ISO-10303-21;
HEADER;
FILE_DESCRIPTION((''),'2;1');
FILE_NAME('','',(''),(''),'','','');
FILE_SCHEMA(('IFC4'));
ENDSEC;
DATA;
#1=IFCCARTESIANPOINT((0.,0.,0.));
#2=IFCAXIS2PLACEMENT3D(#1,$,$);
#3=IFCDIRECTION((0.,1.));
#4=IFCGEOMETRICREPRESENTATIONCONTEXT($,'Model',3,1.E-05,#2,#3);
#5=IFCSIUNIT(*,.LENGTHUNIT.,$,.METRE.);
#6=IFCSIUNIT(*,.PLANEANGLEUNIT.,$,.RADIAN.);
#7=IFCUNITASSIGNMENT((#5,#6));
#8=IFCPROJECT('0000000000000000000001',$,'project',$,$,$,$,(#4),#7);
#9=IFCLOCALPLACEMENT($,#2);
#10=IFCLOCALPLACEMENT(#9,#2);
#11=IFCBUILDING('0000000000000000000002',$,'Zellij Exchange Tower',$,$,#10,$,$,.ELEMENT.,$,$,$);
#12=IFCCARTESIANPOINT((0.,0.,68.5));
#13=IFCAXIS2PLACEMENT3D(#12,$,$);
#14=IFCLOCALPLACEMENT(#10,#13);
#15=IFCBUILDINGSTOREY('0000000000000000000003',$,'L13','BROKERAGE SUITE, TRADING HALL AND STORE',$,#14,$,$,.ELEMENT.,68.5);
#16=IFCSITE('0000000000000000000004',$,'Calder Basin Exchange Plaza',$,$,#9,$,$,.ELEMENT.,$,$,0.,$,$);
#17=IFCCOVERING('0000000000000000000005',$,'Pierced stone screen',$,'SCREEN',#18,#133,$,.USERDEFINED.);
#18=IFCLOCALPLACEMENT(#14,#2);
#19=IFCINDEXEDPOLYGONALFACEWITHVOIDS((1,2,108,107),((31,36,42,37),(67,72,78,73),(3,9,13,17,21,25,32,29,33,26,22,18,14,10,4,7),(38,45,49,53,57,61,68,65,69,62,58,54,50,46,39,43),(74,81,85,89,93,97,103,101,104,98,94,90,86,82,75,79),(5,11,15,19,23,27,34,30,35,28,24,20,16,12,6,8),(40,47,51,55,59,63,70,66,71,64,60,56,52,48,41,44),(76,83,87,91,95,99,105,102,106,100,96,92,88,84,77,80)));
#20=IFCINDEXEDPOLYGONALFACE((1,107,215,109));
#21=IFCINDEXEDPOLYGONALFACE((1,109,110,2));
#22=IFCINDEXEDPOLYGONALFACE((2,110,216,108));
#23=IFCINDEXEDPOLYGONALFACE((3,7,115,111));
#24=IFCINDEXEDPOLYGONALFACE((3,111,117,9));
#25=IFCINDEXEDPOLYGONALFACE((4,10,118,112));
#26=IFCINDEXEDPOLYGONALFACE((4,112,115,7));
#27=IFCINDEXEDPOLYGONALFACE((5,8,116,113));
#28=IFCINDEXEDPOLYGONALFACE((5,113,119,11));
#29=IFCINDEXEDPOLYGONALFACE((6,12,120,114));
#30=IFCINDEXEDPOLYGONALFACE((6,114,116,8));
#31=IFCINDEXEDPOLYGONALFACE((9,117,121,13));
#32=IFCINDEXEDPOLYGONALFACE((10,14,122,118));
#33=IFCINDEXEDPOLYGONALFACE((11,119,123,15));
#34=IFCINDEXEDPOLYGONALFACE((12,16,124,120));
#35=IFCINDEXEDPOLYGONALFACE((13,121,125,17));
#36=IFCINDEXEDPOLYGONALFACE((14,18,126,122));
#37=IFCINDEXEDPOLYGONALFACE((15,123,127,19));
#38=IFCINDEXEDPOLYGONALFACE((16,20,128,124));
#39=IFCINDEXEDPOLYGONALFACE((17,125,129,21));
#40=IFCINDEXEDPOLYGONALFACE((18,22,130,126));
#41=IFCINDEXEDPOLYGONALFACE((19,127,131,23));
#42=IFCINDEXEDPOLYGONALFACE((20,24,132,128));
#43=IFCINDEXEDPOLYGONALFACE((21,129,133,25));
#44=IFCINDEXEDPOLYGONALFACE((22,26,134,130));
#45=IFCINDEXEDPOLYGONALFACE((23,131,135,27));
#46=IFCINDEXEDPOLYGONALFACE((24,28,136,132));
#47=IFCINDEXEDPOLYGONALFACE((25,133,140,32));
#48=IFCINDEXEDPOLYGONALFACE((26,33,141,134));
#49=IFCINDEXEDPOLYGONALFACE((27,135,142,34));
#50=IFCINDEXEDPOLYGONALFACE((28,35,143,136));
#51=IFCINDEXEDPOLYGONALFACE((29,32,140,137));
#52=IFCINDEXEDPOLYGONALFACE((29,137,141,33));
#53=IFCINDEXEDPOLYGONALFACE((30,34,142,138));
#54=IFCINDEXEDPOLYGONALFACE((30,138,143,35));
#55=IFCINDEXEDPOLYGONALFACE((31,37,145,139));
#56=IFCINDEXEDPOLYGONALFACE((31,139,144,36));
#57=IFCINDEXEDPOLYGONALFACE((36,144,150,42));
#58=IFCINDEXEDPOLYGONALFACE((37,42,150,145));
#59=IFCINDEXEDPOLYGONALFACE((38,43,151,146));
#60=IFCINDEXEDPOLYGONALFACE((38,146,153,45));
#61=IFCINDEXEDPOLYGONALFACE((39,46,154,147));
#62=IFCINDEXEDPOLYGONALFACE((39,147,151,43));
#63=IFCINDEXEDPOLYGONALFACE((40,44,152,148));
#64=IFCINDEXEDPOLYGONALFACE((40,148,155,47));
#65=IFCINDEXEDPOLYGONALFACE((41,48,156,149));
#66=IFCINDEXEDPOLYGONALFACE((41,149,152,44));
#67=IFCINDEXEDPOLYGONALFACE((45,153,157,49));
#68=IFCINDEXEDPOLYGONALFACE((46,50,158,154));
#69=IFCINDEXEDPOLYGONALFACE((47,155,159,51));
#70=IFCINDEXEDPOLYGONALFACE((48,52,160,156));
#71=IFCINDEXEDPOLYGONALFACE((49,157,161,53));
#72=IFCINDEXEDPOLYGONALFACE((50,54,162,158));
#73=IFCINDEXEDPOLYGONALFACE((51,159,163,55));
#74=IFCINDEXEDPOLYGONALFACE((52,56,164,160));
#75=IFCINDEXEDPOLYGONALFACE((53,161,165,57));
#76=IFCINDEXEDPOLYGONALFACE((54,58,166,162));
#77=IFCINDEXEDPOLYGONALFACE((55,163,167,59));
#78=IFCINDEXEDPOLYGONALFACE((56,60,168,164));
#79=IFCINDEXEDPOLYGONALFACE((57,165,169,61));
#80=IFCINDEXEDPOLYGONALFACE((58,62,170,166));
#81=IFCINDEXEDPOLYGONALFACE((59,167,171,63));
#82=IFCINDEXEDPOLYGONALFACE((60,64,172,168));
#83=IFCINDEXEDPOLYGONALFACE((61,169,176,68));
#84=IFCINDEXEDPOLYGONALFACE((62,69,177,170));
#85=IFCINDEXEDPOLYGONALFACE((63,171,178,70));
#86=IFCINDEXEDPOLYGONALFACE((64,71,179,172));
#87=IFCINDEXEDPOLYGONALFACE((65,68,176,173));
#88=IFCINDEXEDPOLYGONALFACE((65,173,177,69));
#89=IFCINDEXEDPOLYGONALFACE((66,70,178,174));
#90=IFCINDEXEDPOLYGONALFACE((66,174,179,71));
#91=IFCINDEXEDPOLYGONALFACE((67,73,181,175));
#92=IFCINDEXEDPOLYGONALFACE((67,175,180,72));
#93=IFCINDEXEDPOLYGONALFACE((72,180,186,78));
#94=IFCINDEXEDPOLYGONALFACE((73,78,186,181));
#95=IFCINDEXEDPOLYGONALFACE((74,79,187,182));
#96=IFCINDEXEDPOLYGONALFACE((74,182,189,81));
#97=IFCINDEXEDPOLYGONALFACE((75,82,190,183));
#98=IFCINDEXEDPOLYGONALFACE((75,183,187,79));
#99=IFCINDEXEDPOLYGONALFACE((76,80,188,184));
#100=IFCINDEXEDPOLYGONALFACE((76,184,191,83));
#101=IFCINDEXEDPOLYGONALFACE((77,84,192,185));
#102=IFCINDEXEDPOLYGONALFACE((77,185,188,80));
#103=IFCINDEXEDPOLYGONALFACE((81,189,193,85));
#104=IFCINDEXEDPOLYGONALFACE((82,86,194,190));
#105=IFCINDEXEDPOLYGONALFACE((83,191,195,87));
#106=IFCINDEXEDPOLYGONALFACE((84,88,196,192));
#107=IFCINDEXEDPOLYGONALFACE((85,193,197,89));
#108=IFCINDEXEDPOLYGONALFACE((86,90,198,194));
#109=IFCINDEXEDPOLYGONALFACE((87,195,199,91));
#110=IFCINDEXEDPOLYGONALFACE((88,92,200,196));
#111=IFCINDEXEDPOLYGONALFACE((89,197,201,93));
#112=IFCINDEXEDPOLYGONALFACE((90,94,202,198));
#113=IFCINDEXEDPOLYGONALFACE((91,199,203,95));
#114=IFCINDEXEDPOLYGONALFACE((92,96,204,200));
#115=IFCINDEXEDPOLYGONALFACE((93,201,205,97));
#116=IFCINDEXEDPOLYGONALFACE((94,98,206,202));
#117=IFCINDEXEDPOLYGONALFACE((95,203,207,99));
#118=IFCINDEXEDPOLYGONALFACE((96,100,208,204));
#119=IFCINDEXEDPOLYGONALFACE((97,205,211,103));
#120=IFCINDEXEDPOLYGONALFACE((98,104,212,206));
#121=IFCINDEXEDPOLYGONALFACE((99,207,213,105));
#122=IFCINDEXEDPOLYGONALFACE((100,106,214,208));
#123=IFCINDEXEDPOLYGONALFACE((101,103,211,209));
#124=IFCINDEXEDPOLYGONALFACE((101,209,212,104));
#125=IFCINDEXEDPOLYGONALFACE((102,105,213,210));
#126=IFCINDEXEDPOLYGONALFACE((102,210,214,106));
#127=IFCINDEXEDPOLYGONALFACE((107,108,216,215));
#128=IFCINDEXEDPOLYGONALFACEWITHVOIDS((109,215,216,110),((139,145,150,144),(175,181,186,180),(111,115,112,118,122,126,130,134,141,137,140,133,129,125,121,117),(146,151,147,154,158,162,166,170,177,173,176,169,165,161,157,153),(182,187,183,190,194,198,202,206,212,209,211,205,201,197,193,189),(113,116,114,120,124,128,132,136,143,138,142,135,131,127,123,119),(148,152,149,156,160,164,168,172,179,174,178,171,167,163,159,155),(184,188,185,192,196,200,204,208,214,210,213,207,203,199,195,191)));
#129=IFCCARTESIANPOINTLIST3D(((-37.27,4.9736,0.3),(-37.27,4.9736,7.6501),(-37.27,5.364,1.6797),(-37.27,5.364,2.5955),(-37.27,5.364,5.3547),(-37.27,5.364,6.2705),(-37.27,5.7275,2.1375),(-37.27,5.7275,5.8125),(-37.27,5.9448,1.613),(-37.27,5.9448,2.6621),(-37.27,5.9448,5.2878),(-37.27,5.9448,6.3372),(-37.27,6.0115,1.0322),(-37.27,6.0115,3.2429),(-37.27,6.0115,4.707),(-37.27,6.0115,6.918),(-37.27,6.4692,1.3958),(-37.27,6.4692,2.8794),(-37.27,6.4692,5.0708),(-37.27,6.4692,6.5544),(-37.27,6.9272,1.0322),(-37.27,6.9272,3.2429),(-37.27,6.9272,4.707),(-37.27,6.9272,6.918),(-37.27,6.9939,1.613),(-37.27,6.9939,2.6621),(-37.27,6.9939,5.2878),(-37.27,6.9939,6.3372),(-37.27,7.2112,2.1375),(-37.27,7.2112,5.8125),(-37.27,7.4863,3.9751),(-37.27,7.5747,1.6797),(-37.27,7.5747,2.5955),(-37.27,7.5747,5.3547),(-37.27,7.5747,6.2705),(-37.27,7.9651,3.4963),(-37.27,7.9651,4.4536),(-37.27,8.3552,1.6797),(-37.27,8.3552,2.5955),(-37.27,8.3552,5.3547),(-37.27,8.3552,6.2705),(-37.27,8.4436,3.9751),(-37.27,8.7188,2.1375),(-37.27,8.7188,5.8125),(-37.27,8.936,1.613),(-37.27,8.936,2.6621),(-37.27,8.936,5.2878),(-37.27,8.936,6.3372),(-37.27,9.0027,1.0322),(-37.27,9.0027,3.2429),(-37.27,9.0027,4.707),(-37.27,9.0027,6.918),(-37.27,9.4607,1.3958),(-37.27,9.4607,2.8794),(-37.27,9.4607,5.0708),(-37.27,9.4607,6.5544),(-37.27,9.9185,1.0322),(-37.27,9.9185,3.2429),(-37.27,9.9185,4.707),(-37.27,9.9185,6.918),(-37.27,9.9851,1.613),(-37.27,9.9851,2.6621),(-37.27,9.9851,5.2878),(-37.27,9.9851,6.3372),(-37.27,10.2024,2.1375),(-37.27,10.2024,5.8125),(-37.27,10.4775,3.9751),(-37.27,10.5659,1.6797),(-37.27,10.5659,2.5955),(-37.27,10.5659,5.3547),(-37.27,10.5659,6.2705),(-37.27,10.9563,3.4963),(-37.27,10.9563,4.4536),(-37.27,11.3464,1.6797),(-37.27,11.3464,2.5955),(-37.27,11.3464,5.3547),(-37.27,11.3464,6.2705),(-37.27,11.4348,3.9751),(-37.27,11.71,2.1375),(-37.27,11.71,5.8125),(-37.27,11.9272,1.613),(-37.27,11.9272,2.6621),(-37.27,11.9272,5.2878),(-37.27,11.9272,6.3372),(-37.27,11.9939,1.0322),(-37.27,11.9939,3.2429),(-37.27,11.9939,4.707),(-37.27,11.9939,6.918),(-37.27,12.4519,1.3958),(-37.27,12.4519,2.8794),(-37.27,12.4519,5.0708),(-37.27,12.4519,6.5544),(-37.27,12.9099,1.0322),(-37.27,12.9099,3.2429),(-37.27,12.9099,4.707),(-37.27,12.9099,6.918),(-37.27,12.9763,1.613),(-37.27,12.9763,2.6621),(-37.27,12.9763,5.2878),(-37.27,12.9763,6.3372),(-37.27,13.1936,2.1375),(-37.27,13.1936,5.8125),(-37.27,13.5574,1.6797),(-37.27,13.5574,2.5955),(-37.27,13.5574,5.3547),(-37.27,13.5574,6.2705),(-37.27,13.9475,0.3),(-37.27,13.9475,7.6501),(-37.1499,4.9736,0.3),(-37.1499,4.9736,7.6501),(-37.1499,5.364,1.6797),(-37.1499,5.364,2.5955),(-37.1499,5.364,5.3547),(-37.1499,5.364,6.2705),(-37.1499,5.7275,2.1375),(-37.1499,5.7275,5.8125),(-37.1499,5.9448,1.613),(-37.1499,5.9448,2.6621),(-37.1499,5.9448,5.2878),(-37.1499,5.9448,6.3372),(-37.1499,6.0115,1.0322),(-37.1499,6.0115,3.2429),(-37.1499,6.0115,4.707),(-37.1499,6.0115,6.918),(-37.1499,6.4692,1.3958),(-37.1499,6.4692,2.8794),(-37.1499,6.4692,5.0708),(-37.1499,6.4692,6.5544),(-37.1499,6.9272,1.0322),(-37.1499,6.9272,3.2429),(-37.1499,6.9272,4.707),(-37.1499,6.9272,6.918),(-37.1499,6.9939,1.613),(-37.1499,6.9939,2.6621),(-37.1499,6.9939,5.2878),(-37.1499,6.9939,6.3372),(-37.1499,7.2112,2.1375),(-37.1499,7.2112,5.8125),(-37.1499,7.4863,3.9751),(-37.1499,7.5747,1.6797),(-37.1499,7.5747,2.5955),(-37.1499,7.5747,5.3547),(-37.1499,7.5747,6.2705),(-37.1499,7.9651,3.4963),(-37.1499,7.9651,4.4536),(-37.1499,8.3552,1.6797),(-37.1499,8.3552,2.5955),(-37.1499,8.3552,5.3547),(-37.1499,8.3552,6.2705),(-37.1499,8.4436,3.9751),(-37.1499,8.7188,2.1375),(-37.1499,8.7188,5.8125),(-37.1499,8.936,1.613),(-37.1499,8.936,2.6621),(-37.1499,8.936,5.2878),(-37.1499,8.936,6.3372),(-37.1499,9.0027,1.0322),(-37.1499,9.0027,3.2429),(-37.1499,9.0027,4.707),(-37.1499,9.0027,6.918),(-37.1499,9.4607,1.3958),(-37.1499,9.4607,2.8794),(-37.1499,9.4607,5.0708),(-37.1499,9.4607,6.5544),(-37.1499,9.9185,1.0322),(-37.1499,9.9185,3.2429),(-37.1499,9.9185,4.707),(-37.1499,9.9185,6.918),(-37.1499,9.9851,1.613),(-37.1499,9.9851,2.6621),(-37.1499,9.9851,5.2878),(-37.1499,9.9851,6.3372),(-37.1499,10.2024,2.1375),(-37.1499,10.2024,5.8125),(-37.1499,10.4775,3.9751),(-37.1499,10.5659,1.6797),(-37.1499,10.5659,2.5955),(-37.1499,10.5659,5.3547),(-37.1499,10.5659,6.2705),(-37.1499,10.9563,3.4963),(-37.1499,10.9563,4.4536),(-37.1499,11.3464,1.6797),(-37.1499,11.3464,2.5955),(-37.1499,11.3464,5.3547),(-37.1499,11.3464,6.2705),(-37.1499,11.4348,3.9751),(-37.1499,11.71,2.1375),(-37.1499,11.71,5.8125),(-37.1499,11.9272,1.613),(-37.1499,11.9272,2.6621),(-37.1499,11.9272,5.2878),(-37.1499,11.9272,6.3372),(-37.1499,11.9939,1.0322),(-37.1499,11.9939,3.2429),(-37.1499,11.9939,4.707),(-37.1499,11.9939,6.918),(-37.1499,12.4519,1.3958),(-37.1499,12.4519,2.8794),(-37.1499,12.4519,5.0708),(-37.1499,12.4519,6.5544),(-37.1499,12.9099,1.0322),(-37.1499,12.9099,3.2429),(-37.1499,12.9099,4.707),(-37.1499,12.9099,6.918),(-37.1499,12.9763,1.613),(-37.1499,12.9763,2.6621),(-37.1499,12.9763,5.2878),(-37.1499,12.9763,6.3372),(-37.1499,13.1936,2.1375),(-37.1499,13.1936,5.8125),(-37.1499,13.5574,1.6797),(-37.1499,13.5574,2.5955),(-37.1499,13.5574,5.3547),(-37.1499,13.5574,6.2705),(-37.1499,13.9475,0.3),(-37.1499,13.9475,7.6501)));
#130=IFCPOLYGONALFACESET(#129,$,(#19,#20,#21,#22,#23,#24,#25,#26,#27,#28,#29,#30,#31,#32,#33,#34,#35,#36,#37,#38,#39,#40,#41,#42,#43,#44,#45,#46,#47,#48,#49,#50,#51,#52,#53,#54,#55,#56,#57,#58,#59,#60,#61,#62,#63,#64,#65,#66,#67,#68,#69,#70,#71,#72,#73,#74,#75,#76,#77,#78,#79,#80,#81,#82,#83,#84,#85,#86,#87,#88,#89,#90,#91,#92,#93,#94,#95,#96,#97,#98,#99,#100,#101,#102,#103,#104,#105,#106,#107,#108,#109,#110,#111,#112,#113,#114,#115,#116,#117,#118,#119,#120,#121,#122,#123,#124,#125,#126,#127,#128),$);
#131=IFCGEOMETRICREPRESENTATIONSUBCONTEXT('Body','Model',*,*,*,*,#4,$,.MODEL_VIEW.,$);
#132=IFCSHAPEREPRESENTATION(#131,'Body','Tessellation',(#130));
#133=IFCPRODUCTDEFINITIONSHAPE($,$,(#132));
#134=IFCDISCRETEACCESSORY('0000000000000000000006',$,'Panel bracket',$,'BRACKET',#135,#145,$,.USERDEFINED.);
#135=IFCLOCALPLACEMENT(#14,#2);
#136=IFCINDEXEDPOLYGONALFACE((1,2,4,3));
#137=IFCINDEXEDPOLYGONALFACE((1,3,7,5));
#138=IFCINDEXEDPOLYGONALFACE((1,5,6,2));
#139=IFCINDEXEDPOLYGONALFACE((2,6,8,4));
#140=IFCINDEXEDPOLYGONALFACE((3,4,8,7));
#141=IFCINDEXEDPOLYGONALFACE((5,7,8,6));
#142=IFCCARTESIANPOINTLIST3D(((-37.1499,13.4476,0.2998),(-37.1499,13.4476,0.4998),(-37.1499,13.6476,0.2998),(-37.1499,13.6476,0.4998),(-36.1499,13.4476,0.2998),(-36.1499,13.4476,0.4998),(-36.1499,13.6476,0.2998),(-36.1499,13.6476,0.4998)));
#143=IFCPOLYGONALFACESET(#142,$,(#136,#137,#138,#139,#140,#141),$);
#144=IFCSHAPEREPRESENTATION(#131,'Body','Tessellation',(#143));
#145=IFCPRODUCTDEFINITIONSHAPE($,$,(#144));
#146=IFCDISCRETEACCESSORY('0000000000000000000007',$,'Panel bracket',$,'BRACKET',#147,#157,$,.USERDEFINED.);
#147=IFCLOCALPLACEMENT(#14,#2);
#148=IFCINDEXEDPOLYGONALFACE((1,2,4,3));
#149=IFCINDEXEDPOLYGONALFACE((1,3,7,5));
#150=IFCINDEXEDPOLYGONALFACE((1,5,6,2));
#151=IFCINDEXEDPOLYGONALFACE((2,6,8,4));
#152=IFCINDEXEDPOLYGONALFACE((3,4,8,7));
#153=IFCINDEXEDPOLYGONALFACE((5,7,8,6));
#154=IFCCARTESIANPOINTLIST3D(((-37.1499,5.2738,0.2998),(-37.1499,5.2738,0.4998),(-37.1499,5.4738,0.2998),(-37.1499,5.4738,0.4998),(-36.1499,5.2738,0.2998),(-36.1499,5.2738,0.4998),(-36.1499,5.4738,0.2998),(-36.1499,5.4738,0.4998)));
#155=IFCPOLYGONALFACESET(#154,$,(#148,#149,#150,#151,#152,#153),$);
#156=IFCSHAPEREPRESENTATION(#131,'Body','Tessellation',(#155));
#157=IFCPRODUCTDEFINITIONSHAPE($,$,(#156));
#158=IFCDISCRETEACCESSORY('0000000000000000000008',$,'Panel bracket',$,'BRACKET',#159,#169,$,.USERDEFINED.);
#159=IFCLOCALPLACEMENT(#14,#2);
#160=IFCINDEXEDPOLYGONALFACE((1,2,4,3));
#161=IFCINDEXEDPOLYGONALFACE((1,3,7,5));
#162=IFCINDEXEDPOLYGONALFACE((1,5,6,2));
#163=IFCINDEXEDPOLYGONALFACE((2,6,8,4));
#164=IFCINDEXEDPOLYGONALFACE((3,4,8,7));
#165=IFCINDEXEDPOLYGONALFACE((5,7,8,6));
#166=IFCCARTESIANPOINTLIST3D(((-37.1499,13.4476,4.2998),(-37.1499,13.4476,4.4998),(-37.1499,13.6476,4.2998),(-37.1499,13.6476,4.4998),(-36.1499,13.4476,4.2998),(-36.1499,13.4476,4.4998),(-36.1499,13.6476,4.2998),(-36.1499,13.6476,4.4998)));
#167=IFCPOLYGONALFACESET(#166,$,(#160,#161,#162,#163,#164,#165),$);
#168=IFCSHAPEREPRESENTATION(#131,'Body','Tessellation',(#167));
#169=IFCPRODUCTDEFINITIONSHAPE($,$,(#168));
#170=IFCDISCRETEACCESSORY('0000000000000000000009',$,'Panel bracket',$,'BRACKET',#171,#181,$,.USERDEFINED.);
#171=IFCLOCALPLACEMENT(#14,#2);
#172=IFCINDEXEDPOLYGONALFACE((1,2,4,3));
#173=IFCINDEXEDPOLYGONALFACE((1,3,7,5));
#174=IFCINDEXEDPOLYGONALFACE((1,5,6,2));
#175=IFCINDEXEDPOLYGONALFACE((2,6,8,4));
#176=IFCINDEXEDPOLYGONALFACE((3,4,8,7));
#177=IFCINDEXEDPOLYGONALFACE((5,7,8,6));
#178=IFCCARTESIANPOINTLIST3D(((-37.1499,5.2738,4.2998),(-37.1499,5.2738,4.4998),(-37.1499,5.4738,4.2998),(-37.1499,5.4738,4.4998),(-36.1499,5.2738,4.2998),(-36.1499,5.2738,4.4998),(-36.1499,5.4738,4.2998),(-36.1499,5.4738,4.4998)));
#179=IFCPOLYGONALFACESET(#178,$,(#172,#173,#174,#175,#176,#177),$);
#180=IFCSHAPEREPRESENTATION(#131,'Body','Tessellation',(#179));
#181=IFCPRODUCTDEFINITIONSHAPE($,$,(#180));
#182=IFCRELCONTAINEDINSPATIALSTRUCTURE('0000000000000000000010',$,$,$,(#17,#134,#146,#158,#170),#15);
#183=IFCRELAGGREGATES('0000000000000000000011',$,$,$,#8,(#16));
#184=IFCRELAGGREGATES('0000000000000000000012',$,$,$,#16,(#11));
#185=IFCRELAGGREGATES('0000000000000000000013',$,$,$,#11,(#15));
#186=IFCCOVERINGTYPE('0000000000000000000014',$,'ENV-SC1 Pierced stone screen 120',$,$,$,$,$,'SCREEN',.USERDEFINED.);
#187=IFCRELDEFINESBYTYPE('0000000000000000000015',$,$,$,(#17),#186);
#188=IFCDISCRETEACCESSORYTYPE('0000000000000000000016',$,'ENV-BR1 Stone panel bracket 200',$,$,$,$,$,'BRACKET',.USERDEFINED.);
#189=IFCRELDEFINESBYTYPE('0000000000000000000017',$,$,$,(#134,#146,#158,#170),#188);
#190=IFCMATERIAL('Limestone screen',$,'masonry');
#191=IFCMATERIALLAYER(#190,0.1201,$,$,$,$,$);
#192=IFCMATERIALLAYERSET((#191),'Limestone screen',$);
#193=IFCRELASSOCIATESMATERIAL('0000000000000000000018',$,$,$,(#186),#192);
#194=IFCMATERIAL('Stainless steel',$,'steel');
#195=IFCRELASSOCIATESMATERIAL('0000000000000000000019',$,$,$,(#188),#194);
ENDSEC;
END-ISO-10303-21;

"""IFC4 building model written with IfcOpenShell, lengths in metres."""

from ifc_helpers import new_model, si_unit, direction, frame, origin, origin_2d, place, context, subcontext, project, spatial, polyline, rectangle, outline, extrude, material, layer, layer_set, type_object, element, save


model = new_model("IFC4")

# Units and contexts
model_context = context("Model", 3, precision=1e-05, world=origin(), true_north=direction((0.0, 1.0)))
body_context = subcontext(model_context, "Body", "Model", "MODEL_VIEW")
ifc_project = project(units=[si_unit("LENGTHUNIT", "METRE"), si_unit("PLANEANGLEUNIT", "RADIAN")], contexts=[model_context])

# Site, building, storey
site_placement = place(None, origin())
site = spatial("IfcSite", under=ifc_project, at=site_placement, Name="Calder Basin Exchange Plaza", CompositionType="ELEMENT", RefElevation=0.0)
building_placement = place(site_placement, origin())
building = spatial("IfcBuilding", under=site, at=building_placement, Name="Zellij Exchange Tower", CompositionType="ELEMENT")
storey_placement = place(building_placement, frame((0.0, 0.0, 68.5)))
storey = spatial("IfcBuildingStorey", under=building, at=storey_placement, Name="L13", Description="BROKERAGE SUITE, TRADING HALL AND STORE", CompositionType="ELEMENT", Elevation=68.5)

# Covering
ifc_material_1 = material(Name="Limestone screen", Category="masonry")
ifc_layer_1 = layer(ifc_material_1, 0.1201)
ifc_layer_set_1 = layer_set([ifc_layer_1], Name="Limestone screen")
covering_type = type_object("IfcCoveringType", Name="ENV-SC1 Pierced stone screen 120", ElementType="SCREEN", PredefinedType="USERDEFINED", material=ifc_layer_set_1)
covering_placement = place(storey_placement, frame((-37.21, 13.9475, 0.3), z_axis=(0.0, 0.0, 1.0), x_axis=(0.0, -1.0, 0.0)))
element("IfcCovering", 1, at=covering_placement, inside=storey, type_object=covering_type, Name="Pierced stone screen", ObjectType="SCREEN", PredefinedType="USERDEFINED", context=body_context, shape_type="SweptSolid", body=[
    extrude(outline(polyline([(0.0, 0.0), (8.9739, 0.0), (8.9739, 7.3501), (0.0, 7.3501), (0.0, 0.0)]), holes=[polyline([(2.6011, 2.2954), (2.0203, 2.3621), (1.9536, 2.9429), (1.4956, 2.5793), (1.0376, 2.9429), (0.9712, 2.3621), (0.3901, 2.2954), (0.7539, 1.8374), (0.3901, 1.3796), (0.9712, 1.313), (1.0376, 0.7322), (1.4956, 1.0957), (1.9536, 0.7322), (2.0203, 1.313), (2.6011, 1.3796), (2.2375, 1.8374), (2.6011, 2.2954)]), polyline([(2.6011, 5.9705), (2.0203, 6.0371), (1.9536, 6.6179), (1.4956, 6.2544), (1.0376, 6.6179), (0.9712, 6.0371), (0.3901, 5.9705), (0.7539, 5.5125), (0.3901, 5.0547), (0.9712, 4.9878), (1.0376, 4.407), (1.4956, 4.7708), (1.9536, 4.407), (2.0203, 4.9878), (2.6011, 5.0547), (2.2375, 5.5125), (2.6011, 5.9705)]), polyline([(5.5923, 2.2954), (5.0115, 2.3621), (4.9448, 2.9429), (4.4868, 2.5793), (4.0291, 2.9429), (3.9624, 2.3621), (3.3816, 2.2954), (3.7451, 1.8374), (3.3816, 1.3796), (3.9624, 1.313), (4.0291, 0.7322), (4.4868, 1.0957), (4.9448, 0.7322), (5.0115, 1.313), (5.5923, 1.3796), (5.2288, 1.8374), (5.5923, 2.2954)]), polyline([(5.5923, 5.9705), (5.0115, 6.0371), (4.9448, 6.6179), (4.4868, 6.2544), (4.0291, 6.6179), (3.9624, 6.0371), (3.3816, 5.9705), (3.7451, 5.5125), (3.3816, 5.0547), (3.9624, 4.9878), (4.0291, 4.407), (4.4868, 4.7708), (4.9448, 4.407), (5.0115, 4.9878), (5.5923, 5.0547), (5.2288, 5.5125), (5.5923, 5.9705)]), polyline([(8.5835, 2.2954), (8.0027, 2.3621), (7.936, 2.9429), (7.4783, 2.5793), (7.0203, 2.9429), (6.9536, 2.3621), (6.3728, 2.2954), (6.7363, 1.8374), (6.3728, 1.3796), (6.9536, 1.313), (7.0203, 0.7322), (7.4783, 1.0957), (7.936, 0.7322), (8.0027, 1.313), (8.5835, 1.3796), (8.22, 1.8374), (8.5835, 2.2954)]), polyline([(8.5835, 5.9705), (8.0027, 6.0371), (7.936, 6.6179), (7.4783, 6.2544), (7.0203, 6.6179), (6.9536, 6.0371), (6.3728, 5.9705), (6.7363, 5.5125), (6.3728, 5.0547), (6.9536, 4.9878), (7.0203, 4.407), (7.4783, 4.7708), (7.936, 4.407), (8.0027, 4.9878), (8.5835, 5.0547), (8.22, 5.5125), (8.5835, 5.9705)]), polyline([(3.47, 3.675), (2.9912, 4.1536), (2.5127, 3.675), (2.9912, 3.1963), (3.47, 3.675)]), polyline([(6.4612, 3.675), (5.9824, 4.1536), (5.5039, 3.675), (5.9824, 3.1963), (6.4612, 3.675)])]), frame((0.0, 0.0601, 0.0), z_axis=(0.0, -1.0, 0.0), x_axis=(1.0, 0.0, 0.0)), (0.0, 0.0, 1.0), 0.1201),
])

# Discrete accessories
ifc_material_2 = material(Name="Stainless steel", Category="steel")
discrete_accessory_type = type_object("IfcDiscreteAccessoryType", Name="ENV-BR1 Stone panel bracket 200", ElementType="BRACKET", PredefinedType="USERDEFINED", material=ifc_material_2)
for number, where, z_axis, x_axis, name in (
    (2, (-36.6499, 13.5476, 0.2998), (0.0, 0.0, 1.0), (0.0, -1.0, 0.0), "Panel bracket"),
    (3, (-36.6499, 5.3738, 0.2998), (0.0, 0.0, 1.0), (0.0, -1.0, 0.0), "Panel bracket"),
    (4, (-36.6499, 13.5476, 4.2998), (0.0, 0.0, 1.0), (0.0, -1.0, 0.0), "Panel bracket"),
    (5, (-36.6499, 5.3738, 4.2998), (0.0, 0.0, 1.0), (0.0, -1.0, 0.0), "Panel bracket"),
):
    element("IfcDiscreteAccessory", number, at=place(storey_placement, frame(where, z_axis=z_axis, x_axis=x_axis)), inside=storey, type_object=discrete_accessory_type, Name=name, ObjectType="BRACKET", PredefinedType="USERDEFINED", context=body_context, shape_type="SweptSolid", body=[
        extrude(rectangle(XDim=0.2, YDim=1.0, at=origin_2d()), origin(), (0.0, 0.0, 1.0), 0.2),
    ])

save(model, "model.ifc")
